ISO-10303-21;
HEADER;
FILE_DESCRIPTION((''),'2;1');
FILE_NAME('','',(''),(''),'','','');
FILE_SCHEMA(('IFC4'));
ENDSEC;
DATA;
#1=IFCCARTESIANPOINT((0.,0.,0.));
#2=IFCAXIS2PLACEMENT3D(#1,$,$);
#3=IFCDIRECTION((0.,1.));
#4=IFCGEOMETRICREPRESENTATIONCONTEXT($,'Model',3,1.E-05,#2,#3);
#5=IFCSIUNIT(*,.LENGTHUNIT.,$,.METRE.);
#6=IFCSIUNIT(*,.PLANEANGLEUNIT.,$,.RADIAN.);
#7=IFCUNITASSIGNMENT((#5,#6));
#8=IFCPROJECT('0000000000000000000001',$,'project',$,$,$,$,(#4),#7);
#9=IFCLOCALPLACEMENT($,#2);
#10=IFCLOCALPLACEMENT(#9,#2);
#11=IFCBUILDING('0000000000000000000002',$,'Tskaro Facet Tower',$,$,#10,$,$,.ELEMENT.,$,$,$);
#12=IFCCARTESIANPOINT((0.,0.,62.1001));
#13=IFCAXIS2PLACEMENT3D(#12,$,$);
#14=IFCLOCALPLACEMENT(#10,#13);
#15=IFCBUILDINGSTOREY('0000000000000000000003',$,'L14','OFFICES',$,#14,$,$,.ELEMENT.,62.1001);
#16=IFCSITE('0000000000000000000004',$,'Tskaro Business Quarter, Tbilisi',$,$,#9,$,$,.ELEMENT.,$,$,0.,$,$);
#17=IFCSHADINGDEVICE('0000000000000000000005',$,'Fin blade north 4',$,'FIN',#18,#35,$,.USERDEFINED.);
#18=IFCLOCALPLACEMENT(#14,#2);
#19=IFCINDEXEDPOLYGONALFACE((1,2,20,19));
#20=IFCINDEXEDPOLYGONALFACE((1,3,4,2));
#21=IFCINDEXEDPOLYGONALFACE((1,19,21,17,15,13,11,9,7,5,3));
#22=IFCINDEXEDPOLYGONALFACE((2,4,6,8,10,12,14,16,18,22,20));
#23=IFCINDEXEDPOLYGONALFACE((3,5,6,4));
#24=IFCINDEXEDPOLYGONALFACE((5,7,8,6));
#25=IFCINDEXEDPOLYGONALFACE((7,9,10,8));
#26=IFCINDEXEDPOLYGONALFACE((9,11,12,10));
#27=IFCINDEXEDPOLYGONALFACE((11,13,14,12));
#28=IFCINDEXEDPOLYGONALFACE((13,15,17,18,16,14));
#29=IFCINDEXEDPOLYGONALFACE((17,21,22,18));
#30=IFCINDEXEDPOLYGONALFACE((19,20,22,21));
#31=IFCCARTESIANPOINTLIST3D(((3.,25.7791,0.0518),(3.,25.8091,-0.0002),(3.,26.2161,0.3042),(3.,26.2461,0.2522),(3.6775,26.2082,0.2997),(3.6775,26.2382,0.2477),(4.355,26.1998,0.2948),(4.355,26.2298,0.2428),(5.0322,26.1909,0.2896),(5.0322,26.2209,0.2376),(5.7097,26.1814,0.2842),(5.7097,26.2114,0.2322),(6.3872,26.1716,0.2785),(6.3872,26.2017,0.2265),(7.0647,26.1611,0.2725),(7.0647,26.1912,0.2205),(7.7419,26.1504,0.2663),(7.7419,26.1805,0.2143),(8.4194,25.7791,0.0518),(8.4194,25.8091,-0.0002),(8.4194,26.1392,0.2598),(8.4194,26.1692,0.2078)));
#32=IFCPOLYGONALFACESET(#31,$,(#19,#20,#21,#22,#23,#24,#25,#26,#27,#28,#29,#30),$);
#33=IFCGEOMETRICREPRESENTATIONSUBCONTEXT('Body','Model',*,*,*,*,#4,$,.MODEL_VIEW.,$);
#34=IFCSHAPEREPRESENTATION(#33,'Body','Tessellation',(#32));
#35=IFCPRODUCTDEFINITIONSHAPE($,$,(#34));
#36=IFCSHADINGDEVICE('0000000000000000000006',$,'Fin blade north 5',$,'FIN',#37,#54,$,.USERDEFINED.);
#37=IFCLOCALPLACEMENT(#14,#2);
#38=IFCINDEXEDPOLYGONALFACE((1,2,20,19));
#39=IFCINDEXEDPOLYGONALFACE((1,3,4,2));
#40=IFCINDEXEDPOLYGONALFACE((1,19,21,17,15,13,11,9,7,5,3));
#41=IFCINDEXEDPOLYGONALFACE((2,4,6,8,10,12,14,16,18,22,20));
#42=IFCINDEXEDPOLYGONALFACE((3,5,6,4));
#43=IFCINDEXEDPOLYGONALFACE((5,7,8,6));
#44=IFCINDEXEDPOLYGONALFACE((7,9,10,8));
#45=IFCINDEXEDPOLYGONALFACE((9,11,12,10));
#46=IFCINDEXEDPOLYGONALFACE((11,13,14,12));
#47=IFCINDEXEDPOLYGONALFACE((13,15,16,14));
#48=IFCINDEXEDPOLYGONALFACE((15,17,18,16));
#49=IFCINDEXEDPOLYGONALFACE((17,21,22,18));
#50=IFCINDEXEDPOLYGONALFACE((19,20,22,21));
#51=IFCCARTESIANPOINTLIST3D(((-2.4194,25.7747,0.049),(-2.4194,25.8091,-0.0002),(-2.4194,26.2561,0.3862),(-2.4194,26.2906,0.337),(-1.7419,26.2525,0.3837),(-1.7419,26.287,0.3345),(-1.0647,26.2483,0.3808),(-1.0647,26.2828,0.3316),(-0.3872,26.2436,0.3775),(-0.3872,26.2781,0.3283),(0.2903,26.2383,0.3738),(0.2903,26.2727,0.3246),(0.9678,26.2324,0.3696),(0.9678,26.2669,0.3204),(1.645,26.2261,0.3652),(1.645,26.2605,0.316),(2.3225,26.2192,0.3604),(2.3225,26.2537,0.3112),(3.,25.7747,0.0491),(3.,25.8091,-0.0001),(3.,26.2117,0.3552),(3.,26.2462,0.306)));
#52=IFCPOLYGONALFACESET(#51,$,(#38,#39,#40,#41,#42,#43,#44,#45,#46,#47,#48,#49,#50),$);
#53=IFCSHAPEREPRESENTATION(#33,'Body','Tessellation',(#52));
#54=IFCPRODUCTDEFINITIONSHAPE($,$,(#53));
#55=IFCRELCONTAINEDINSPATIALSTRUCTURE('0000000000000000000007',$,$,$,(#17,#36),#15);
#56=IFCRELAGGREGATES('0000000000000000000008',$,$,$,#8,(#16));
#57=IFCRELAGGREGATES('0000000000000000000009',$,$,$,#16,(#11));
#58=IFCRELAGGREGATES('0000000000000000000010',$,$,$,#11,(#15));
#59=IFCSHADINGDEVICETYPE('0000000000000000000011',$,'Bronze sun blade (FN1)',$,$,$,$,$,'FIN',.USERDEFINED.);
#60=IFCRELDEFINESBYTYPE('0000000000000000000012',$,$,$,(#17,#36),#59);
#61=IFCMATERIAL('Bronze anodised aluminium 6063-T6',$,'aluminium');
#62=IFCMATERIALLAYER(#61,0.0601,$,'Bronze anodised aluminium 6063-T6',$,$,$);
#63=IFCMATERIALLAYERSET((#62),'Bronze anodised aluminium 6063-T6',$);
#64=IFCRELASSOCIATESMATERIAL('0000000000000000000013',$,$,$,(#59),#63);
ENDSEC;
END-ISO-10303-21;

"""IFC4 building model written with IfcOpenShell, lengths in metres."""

from ifc_helpers import new_model, si_unit, direction, frame, origin, place, context, subcontext, project, spatial, polyline, outline, extrude, material, layer, layer_set, type_object, element, save


model = new_model("IFC4")

# Units and contexts
model_context = context("Model", 3, precision=1e-05, world=origin(), true_north=direction((0.0, 1.0)))
body_context = subcontext(model_context, "Body", "Model", "MODEL_VIEW")
ifc_project = project(units=[si_unit("LENGTHUNIT", "METRE"), si_unit("PLANEANGLEUNIT", "RADIAN")], contexts=[model_context])

# Site, building, storey
site_placement = place(None, origin())
site = spatial("IfcSite", under=ifc_project, at=site_placement, Name="Tskaro Business Quarter, Tbilisi", CompositionType="ELEMENT", RefElevation=0.0)
building_placement = place(site_placement, origin())
building = spatial("IfcBuilding", under=site, at=building_placement, Name="Tskaro Facet Tower", CompositionType="ELEMENT")
storey_placement = place(building_placement, frame((0.0, 0.0, 62.1001)))
storey = spatial("IfcBuildingStorey", under=building, at=storey_placement, Name="L14", Description="OFFICES", CompositionType="ELEMENT", Elevation=62.1001)

# Shared definitions
ifc_material_1 = material(Name="Bronze anodised aluminium 6063-T6", Category="aluminium")

# Shading devices
ifc_layer_1 = layer(ifc_material_1, 0.0601, Name="Bronze anodised aluminium 6063-T6")
ifc_layer_set_1 = layer_set([ifc_layer_1], Name="Bronze anodised aluminium 6063-T6")
shading_device_type = type_object("IfcShadingDeviceType", Name="Bronze sun blade (FN1)", ElementType="FIN", PredefinedType="USERDEFINED", material=ifc_layer_set_1)
shading_device_1_placement = place(storey_placement, frame((8.4194, 25.7791, 0.0518), z_axis=(0.0, -0.500206, 0.865906), x_axis=(-1.0, 0.0, 0.0)))
element("IfcShadingDevice", 1, at=shading_device_1_placement, inside=storey, type_object=shading_device_type, Name="Fin blade north 4", ObjectType="FIN", PredefinedType="USERDEFINED", context=body_context, shape_type="SweptSolid", body=[
    extrude(outline(polyline([(0.0, 0.0), (5.4194, 0.0), (5.4194, -0.5047), (4.7419, -0.4956), (4.0645, -0.4859), (3.3872, -0.4756), (2.7097, -0.4647), (2.0322, -0.4534), (1.3547, -0.4412), (0.6775, -0.4289), (0.0, -0.4159), (0.0, 0.0)])), origin(), (0.0, 0.0, -1.0), 0.0601),
])
shading_device_2_placement = place(storey_placement, frame((3.0, 25.7747, 0.0491), z_axis=(-0.000008, -0.573658, 0.819095), x_axis=(-1.0, 0.000005, -0.000007)))
element("IfcShadingDevice", 2, at=shading_device_2_placement, inside=storey, type_object=shading_device_type, Name="Fin blade north 5", ObjectType="FIN", PredefinedType="USERDEFINED", context=body_context, shape_type="SweptSolid", body=[
    extrude(outline(polyline([(0.0, 0.0), (5.4194, 0.0), (5.4194, -0.5878), (4.7419, -0.5834), (4.0647, -0.5783), (3.3872, -0.5725), (2.7097, -0.566), (2.0322, -0.5588), (1.355, -0.5511), (0.6775, -0.5427), (0.0, -0.5336), (0.0, 0.0)])), origin(), (0.0, 0.0, -1.0), 0.0601),
])

save(model, "model.ifc")
